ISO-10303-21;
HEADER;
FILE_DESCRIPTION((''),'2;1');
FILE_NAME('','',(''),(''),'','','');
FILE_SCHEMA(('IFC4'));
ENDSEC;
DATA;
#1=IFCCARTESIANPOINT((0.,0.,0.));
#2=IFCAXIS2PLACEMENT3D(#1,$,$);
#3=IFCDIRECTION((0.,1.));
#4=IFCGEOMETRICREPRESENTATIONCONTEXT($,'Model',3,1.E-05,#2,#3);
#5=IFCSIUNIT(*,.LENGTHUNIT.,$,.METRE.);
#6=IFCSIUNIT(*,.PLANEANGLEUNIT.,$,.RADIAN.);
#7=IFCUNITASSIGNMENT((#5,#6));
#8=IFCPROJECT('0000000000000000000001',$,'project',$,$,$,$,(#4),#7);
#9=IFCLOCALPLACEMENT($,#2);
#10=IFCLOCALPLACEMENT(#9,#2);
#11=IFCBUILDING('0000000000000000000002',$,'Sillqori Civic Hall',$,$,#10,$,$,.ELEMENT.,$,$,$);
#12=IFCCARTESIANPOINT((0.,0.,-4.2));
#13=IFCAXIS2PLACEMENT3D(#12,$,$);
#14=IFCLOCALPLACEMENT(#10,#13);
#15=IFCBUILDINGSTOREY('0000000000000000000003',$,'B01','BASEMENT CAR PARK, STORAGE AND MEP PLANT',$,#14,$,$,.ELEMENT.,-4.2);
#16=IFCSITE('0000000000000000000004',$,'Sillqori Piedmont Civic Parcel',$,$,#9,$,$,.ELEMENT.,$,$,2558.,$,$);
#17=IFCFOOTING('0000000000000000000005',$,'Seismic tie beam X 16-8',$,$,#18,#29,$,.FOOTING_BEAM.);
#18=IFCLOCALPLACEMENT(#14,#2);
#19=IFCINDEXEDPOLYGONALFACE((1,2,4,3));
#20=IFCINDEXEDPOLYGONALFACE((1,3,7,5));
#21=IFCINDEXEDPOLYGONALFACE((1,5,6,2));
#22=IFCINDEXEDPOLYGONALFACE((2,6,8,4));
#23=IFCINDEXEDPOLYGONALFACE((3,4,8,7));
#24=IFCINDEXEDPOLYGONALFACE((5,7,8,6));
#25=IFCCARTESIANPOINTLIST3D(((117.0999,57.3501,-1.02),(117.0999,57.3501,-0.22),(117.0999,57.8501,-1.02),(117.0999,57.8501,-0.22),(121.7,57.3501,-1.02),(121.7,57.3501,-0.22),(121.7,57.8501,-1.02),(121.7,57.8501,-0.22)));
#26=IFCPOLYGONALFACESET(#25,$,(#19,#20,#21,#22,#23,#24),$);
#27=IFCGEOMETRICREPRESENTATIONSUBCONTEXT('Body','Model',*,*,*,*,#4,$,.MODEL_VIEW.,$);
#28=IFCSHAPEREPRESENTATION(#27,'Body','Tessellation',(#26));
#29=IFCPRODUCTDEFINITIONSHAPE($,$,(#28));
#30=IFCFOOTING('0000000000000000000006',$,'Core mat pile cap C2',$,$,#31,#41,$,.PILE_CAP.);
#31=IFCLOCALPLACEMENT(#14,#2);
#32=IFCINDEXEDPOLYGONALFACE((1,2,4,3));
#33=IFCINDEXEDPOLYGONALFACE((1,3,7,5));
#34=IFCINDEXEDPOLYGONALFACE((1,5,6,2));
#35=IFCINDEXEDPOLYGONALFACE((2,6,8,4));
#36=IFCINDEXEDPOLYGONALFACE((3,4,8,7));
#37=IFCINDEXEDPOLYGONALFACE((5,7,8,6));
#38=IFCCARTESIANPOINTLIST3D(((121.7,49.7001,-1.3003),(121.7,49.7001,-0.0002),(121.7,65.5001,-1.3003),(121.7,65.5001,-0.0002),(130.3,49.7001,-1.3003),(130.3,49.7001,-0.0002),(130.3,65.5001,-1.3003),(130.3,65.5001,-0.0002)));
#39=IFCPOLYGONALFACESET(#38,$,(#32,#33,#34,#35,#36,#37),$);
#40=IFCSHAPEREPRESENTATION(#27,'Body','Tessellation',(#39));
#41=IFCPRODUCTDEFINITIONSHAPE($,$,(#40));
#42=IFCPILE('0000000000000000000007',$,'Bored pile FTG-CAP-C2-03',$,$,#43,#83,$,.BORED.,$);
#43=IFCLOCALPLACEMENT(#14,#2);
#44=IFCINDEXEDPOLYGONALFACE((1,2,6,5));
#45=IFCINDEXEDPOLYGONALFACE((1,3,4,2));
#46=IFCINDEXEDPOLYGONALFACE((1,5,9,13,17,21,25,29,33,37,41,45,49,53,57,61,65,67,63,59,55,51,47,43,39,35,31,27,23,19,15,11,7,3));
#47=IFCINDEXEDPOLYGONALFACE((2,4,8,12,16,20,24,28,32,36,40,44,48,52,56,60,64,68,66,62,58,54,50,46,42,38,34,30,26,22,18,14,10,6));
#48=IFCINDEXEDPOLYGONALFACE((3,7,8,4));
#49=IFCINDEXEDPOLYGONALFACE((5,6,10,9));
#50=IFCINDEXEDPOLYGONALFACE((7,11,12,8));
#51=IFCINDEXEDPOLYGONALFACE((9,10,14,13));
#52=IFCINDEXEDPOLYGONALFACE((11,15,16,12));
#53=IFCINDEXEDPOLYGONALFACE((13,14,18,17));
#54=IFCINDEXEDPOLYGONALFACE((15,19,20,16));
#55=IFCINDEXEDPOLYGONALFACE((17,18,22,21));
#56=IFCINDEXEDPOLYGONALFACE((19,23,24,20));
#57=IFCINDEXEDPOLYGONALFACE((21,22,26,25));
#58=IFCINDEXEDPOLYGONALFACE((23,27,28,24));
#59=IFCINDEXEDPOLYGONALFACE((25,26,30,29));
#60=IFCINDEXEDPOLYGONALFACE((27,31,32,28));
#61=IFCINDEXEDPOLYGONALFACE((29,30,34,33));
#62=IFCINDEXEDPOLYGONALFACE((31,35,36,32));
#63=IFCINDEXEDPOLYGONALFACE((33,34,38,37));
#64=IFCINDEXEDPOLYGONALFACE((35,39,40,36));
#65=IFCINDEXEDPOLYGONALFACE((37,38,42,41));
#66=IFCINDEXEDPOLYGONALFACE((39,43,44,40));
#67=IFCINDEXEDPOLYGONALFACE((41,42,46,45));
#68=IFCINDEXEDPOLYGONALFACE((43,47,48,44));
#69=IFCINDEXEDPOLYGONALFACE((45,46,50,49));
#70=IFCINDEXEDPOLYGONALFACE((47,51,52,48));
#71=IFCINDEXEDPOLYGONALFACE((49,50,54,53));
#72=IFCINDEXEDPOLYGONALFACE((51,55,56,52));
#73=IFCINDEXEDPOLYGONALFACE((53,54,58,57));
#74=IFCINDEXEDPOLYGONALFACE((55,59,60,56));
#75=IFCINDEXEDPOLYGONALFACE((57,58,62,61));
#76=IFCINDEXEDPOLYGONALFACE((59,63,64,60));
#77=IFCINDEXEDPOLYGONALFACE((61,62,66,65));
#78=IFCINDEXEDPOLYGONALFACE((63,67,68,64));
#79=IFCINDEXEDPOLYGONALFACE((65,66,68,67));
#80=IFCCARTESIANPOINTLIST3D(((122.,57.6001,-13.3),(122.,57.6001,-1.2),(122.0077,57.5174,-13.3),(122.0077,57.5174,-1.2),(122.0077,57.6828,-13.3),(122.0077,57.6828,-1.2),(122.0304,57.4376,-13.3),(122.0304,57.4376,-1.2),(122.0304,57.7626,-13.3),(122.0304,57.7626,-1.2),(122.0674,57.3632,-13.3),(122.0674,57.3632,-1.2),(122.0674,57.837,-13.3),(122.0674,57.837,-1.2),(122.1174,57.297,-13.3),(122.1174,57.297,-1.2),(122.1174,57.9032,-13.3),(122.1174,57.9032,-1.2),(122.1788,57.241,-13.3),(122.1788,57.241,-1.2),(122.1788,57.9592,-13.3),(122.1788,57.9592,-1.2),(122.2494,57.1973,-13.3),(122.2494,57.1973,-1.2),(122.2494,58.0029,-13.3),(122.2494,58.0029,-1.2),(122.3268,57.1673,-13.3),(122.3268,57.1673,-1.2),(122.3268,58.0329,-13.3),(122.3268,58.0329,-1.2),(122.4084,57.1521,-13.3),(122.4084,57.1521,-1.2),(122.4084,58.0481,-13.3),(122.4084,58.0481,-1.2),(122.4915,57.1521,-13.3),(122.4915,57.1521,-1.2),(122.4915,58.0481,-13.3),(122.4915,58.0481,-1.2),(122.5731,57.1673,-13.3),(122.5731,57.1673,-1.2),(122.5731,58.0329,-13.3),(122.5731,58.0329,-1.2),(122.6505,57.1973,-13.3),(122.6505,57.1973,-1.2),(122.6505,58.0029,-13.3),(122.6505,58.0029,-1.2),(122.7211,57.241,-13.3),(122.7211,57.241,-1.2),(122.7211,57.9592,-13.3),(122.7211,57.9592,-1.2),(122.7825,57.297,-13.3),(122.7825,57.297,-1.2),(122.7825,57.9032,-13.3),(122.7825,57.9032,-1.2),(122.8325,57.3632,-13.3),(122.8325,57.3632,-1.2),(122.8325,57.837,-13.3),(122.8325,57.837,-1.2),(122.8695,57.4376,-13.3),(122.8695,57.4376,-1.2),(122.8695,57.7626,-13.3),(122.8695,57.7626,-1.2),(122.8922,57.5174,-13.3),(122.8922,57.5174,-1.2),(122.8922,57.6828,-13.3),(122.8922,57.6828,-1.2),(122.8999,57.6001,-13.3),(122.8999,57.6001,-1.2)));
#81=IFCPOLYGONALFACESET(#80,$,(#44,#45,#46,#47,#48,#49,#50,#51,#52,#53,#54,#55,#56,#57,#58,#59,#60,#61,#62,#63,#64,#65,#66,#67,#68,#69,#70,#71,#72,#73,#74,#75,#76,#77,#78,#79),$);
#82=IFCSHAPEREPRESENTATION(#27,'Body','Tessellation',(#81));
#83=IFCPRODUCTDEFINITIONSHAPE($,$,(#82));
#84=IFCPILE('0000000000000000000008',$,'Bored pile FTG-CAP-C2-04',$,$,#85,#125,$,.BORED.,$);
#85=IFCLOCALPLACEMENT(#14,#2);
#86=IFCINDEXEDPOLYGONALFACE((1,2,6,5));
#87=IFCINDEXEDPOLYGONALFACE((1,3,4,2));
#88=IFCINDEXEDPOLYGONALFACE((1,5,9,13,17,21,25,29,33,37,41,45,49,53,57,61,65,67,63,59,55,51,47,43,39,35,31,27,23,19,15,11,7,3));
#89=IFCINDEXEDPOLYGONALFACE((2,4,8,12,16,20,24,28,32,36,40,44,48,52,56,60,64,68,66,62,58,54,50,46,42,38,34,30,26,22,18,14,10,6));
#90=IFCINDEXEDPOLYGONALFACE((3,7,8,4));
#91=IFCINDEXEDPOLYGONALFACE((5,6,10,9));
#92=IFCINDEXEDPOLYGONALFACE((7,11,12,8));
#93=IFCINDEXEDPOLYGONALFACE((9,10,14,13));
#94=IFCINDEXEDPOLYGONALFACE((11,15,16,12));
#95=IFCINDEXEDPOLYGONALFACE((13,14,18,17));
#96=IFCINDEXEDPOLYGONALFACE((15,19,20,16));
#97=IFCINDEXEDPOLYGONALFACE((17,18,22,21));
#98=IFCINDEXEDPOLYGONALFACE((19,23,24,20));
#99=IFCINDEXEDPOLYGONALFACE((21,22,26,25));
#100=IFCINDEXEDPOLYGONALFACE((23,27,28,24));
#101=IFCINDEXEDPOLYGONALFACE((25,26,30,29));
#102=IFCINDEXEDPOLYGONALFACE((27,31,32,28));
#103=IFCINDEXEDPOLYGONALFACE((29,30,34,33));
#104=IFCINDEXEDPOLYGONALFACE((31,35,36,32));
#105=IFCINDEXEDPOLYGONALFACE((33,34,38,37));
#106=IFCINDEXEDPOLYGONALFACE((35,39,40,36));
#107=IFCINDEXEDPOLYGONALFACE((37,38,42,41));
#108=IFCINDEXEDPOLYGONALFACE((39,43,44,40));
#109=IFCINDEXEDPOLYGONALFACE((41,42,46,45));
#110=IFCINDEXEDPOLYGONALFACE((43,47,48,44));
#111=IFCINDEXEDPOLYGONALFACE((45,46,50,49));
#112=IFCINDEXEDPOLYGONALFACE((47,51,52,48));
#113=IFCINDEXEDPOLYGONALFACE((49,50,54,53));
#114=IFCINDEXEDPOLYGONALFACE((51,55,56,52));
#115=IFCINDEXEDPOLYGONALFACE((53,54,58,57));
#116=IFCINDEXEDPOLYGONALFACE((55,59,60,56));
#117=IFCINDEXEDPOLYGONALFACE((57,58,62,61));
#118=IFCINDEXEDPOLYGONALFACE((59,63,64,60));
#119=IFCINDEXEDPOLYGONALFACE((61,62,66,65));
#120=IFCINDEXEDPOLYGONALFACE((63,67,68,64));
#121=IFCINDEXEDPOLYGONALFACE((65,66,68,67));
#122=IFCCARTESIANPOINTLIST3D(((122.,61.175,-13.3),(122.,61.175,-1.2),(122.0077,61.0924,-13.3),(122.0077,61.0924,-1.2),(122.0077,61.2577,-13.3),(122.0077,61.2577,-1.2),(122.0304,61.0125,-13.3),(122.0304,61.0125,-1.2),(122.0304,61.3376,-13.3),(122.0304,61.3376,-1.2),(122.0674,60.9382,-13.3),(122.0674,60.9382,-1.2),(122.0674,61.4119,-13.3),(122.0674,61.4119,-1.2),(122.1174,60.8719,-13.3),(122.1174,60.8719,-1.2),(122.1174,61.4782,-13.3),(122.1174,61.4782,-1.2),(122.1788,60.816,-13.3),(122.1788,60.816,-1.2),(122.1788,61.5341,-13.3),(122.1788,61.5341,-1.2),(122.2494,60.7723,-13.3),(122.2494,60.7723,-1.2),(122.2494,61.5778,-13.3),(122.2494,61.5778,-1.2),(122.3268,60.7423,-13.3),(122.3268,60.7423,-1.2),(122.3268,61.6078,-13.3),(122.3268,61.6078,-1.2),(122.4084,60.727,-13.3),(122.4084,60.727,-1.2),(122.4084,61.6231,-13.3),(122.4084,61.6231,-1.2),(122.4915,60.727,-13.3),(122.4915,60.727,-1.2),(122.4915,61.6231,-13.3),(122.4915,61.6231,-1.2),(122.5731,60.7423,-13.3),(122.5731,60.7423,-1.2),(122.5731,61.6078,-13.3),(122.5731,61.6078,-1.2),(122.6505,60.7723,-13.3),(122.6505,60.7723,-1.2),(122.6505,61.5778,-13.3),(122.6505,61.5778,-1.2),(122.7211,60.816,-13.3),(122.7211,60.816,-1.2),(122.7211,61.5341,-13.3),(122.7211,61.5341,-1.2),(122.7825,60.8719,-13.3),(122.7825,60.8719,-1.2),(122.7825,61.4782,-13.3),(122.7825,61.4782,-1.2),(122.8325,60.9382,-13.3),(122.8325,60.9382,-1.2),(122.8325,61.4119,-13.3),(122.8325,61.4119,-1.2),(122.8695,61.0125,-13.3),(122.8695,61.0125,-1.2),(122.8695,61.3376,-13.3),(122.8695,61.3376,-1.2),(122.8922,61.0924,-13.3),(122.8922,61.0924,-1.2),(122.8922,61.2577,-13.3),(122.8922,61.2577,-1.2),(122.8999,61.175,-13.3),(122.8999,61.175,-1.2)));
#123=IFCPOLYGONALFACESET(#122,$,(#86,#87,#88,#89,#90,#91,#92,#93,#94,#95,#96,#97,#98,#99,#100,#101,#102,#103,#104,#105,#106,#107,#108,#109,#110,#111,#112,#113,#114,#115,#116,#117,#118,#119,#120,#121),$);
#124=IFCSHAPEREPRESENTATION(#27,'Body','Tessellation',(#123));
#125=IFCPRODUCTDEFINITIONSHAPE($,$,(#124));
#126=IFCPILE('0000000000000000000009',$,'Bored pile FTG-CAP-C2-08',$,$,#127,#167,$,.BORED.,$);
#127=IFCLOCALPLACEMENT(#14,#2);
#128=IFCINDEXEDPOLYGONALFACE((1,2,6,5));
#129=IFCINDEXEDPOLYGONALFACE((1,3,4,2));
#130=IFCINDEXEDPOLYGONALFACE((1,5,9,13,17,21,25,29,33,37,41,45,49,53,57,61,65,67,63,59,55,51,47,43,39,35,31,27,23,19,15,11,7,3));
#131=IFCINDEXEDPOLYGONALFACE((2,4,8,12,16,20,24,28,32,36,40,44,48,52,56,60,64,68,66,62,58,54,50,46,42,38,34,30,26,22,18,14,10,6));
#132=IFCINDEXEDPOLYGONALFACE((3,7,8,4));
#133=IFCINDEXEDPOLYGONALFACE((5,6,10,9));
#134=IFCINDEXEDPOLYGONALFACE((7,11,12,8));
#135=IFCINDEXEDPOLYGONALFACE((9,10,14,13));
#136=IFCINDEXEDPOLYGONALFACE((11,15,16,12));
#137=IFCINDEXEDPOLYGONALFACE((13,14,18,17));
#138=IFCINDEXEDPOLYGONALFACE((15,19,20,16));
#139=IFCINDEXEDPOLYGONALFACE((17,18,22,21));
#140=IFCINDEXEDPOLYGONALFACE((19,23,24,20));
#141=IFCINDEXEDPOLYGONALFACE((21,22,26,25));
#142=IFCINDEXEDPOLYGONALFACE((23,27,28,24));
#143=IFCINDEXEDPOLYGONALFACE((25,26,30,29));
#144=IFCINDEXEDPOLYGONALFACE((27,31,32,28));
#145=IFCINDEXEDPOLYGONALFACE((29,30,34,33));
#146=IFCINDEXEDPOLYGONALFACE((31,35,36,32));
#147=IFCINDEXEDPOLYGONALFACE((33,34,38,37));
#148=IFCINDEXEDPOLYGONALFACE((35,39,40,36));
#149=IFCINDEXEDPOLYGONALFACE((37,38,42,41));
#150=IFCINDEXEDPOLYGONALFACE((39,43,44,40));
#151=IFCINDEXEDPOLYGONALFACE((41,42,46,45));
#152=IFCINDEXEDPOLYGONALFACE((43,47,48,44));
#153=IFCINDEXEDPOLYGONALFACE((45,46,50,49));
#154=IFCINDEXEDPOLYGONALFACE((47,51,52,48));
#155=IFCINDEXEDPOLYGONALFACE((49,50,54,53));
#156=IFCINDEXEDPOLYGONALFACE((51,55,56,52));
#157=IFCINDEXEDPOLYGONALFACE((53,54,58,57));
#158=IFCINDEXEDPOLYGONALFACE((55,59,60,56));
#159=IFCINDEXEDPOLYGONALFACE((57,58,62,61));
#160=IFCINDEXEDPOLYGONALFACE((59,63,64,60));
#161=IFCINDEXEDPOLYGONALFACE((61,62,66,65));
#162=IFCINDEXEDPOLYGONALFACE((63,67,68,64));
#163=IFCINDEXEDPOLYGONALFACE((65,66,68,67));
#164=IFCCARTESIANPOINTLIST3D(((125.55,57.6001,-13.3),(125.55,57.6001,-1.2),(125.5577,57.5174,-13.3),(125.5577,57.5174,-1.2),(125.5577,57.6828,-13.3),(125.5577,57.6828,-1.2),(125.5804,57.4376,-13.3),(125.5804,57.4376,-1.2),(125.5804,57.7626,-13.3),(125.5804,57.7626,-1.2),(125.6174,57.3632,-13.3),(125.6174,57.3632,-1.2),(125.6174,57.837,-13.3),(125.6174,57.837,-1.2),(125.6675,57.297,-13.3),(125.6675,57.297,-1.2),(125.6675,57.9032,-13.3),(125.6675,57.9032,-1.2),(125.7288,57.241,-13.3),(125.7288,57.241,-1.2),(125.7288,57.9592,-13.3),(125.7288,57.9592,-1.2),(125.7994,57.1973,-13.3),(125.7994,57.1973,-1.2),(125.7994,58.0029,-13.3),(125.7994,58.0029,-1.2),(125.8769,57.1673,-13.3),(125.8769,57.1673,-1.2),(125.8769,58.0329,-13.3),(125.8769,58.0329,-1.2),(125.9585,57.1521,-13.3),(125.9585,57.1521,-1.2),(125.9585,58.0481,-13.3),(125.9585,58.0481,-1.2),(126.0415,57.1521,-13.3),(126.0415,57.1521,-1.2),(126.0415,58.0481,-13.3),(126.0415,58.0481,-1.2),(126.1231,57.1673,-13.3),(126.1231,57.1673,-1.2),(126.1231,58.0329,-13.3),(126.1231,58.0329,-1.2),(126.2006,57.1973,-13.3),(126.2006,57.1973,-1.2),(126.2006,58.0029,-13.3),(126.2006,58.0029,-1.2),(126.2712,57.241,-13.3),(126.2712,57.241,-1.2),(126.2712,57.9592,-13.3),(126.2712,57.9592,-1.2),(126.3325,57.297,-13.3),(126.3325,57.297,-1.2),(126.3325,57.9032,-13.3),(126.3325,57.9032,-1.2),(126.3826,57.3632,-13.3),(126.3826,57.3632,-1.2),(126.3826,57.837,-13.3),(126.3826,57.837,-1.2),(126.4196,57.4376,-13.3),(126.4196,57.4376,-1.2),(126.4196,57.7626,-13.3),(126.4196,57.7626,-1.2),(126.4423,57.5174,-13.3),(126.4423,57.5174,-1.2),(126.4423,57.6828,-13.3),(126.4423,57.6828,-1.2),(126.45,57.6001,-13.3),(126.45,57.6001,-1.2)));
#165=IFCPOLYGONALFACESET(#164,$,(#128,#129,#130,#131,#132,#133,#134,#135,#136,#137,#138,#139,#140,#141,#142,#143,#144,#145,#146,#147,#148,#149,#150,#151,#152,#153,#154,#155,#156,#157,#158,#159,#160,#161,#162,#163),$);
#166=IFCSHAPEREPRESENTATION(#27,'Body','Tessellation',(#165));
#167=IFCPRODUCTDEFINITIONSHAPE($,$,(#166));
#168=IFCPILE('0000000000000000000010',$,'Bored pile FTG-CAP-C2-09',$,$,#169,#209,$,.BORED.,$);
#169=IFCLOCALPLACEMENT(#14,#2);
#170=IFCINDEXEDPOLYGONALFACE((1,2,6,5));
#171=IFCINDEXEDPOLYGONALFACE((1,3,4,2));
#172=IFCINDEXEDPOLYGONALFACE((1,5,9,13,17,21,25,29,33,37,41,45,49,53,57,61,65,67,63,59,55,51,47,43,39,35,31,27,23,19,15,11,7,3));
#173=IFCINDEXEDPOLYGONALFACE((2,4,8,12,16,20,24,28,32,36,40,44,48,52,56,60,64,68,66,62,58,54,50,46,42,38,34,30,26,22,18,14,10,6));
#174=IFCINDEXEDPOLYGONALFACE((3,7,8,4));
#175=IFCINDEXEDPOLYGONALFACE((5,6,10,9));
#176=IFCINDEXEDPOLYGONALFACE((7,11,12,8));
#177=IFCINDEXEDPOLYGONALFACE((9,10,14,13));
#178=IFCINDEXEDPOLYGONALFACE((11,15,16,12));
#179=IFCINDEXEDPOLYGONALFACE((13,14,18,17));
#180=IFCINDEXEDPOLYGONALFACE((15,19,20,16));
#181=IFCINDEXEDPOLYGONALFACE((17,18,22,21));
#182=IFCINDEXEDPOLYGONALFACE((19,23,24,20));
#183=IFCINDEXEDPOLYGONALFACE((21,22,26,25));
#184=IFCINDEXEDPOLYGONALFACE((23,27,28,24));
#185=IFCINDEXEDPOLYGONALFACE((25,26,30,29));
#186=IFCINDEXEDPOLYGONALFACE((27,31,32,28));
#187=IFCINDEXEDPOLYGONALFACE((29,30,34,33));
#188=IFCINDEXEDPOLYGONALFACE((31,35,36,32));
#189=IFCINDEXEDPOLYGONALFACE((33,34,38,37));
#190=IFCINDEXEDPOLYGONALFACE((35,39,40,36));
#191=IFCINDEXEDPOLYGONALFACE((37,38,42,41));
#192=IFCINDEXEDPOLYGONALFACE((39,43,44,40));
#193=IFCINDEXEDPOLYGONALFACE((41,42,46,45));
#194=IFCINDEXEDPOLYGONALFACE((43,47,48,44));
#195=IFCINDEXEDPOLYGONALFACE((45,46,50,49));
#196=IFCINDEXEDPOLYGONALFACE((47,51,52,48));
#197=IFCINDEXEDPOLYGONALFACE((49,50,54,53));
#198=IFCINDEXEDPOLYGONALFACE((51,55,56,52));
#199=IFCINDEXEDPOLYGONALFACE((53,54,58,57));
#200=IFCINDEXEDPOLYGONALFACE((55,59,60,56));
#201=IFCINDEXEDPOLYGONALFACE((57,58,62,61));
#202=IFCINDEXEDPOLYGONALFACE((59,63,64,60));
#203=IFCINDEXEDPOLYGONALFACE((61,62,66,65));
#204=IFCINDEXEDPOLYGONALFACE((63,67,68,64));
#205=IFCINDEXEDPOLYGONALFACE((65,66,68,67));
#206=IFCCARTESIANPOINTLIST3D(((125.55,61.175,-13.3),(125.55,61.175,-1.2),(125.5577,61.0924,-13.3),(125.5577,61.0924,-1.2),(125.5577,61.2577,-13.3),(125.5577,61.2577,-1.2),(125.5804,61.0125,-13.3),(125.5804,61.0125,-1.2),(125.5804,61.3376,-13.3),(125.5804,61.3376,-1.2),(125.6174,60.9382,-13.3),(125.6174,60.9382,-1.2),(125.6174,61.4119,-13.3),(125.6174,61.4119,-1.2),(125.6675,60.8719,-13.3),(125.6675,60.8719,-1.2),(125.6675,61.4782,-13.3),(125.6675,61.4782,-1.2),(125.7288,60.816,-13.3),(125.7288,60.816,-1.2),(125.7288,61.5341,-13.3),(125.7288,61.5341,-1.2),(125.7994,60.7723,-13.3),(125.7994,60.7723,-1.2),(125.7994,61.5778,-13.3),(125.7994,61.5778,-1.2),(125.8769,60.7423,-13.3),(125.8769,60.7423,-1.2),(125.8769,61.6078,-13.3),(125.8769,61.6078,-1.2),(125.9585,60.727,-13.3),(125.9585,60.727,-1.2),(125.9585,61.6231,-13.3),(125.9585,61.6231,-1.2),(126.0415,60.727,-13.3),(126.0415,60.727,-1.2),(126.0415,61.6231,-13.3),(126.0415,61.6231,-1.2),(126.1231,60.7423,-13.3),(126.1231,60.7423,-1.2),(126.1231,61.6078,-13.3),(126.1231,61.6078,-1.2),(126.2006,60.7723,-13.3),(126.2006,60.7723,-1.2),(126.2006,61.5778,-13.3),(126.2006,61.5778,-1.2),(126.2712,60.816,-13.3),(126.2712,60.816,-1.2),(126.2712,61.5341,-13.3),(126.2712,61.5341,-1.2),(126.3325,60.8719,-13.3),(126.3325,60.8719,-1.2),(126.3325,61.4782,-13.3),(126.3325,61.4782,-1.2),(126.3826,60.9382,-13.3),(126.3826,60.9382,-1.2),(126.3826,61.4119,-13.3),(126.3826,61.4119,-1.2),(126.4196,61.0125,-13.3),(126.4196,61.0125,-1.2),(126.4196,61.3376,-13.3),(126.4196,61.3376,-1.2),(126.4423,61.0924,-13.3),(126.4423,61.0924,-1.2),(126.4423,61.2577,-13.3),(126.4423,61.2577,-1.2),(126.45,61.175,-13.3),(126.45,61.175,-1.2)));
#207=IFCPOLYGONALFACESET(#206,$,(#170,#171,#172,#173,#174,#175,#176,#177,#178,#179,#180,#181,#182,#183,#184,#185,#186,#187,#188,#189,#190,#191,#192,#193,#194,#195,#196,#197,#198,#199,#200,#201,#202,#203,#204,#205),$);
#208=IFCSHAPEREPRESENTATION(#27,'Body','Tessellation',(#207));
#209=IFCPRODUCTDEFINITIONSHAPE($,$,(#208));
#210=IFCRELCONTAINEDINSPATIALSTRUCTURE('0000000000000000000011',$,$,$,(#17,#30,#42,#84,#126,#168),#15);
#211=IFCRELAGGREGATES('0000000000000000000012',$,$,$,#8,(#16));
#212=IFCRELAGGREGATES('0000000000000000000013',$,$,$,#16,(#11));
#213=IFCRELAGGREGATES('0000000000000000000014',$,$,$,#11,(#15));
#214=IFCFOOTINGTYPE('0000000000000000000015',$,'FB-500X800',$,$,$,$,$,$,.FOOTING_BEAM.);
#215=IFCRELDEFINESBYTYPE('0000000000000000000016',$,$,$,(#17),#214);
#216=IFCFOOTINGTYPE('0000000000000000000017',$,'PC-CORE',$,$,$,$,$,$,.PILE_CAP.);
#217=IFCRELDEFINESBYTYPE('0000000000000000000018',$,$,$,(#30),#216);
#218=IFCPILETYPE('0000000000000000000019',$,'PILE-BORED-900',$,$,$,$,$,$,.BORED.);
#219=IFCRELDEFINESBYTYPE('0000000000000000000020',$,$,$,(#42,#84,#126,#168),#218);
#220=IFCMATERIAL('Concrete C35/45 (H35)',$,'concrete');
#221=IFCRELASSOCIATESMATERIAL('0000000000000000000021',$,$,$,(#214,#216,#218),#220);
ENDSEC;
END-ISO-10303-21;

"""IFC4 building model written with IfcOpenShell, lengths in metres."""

from ifc_helpers import new_model, si_unit, direction, frame, origin, origin_2d, place, context, subcontext, project, spatial, rectangle, circle, extrude, material, material_profile, profile_set, type_object, element, save


model = new_model("IFC4")

# Units and contexts
model_context = context("Model", 3, precision=1e-05, world=origin(), true_north=direction((0.0, 1.0)))
body_context = subcontext(model_context, "Body", "Model", "MODEL_VIEW")
ifc_project = project(units=[si_unit("LENGTHUNIT", "METRE"), si_unit("PLANEANGLEUNIT", "RADIAN")], contexts=[model_context])

# Site, building, storey
site_placement = place(None, origin())
site = spatial("IfcSite", under=ifc_project, at=site_placement, Name="Sillqori Piedmont Civic Parcel", CompositionType="ELEMENT", RefElevation=2558.0)
building_placement = place(site_placement, origin())
building = spatial("IfcBuilding", under=site, at=building_placement, Name="Sillqori Civic Hall", CompositionType="ELEMENT")
storey_placement = place(building_placement, frame((0.0, 0.0, -4.2)))
storey = spatial("IfcBuildingStorey", under=building, at=storey_placement, Name="B01", Description="BASEMENT CAR PARK, STORAGE AND MEP PLANT", CompositionType="ELEMENT", Elevation=-4.2)

# Footings
ifc_material_1 = material(Name="Concrete C35/45 (H35)", Category="concrete")
footing_type_1 = type_object("IfcFootingType", Name="FB-500X800", PredefinedType="FOOTING_BEAM", material=ifc_material_1)
footing_1_placement = place(storey_placement, frame((119.3999, 57.6001, -1.02), z_axis=(0.0, 0.0, 1.0), x_axis=(1.0, 0.0, 0.0)))
element("IfcFooting", 1, at=footing_1_placement, inside=storey, type_object=footing_type_1, Name="Seismic tie beam X 16-8", PredefinedType="FOOTING_BEAM", context=body_context, shape_type="SweptSolid", body=[
    extrude(rectangle(XDim=4.6001, YDim=0.5, at=origin_2d()), origin(), (0.0, 0.0, 1.0), 0.8),
])
footing_type_2 = type_object("IfcFootingType", Name="PC-CORE", PredefinedType="PILE_CAP", material=ifc_material_1)
footing_2_placement = place(storey_placement, frame((126.0, 57.6001, -1.3003), z_axis=(0.0, 0.0, 1.0), x_axis=(1.0, 0.0, 0.0)))
element("IfcFooting", 2, at=footing_2_placement, inside=storey, type_object=footing_type_2, Name="Core mat pile cap C2", PredefinedType="PILE_CAP", context=body_context, shape_type="SweptSolid", body=[
    extrude(rectangle(XDim=8.6001, YDim=15.8, at=origin_2d()), origin(), (0.0, 0.0, 1.0), 1.3),
])

# Piles
ifc_material_profile_1 = material_profile(ifc_material_1, circle(Radius=0.45, at=origin_2d()), Name="BORED PILE 900")
ifc_profile_set_1 = profile_set([ifc_material_profile_1], Name="Concrete C35/45 (H35)")
pile_type = type_object("IfcPileType", Name="PILE-BORED-900", PredefinedType="BORED", material=ifc_profile_set_1)
for number, where, z_axis, x_axis, name in (
    (3, (122.45, 57.6001, -1.2), (0.0, 0.0, -1.0), (1.0, 0.0, 0.0), "Bored pile FTG-CAP-C2-03"),
    (4, (122.45, 61.175, -1.2), (0.0, 0.0, -1.0), (1.0, 0.0, 0.0), "Bored pile FTG-CAP-C2-04"),
    (5, (126.0, 57.6001, -1.2), (0.0, 0.0, -1.0), (1.0, 0.0, 0.0), "Bored pile FTG-CAP-C2-08"),
    (6, (126.0, 61.175, -1.2), (0.0, 0.0, -1.0), (1.0, 0.0, 0.0), "Bored pile FTG-CAP-C2-09"),
):
    element("IfcPile", number, at=place(storey_placement, frame(where, z_axis=z_axis, x_axis=x_axis)), inside=storey, type_object=pile_type, Name=name, PredefinedType="BORED", context=body_context, shape_type="SweptSolid", body=[
        extrude(circle(Radius=0.45, at=origin_2d()), origin(), (0.0, 0.0, 1.0), 12.1001),
    ])

save(model, "model.ifc")
